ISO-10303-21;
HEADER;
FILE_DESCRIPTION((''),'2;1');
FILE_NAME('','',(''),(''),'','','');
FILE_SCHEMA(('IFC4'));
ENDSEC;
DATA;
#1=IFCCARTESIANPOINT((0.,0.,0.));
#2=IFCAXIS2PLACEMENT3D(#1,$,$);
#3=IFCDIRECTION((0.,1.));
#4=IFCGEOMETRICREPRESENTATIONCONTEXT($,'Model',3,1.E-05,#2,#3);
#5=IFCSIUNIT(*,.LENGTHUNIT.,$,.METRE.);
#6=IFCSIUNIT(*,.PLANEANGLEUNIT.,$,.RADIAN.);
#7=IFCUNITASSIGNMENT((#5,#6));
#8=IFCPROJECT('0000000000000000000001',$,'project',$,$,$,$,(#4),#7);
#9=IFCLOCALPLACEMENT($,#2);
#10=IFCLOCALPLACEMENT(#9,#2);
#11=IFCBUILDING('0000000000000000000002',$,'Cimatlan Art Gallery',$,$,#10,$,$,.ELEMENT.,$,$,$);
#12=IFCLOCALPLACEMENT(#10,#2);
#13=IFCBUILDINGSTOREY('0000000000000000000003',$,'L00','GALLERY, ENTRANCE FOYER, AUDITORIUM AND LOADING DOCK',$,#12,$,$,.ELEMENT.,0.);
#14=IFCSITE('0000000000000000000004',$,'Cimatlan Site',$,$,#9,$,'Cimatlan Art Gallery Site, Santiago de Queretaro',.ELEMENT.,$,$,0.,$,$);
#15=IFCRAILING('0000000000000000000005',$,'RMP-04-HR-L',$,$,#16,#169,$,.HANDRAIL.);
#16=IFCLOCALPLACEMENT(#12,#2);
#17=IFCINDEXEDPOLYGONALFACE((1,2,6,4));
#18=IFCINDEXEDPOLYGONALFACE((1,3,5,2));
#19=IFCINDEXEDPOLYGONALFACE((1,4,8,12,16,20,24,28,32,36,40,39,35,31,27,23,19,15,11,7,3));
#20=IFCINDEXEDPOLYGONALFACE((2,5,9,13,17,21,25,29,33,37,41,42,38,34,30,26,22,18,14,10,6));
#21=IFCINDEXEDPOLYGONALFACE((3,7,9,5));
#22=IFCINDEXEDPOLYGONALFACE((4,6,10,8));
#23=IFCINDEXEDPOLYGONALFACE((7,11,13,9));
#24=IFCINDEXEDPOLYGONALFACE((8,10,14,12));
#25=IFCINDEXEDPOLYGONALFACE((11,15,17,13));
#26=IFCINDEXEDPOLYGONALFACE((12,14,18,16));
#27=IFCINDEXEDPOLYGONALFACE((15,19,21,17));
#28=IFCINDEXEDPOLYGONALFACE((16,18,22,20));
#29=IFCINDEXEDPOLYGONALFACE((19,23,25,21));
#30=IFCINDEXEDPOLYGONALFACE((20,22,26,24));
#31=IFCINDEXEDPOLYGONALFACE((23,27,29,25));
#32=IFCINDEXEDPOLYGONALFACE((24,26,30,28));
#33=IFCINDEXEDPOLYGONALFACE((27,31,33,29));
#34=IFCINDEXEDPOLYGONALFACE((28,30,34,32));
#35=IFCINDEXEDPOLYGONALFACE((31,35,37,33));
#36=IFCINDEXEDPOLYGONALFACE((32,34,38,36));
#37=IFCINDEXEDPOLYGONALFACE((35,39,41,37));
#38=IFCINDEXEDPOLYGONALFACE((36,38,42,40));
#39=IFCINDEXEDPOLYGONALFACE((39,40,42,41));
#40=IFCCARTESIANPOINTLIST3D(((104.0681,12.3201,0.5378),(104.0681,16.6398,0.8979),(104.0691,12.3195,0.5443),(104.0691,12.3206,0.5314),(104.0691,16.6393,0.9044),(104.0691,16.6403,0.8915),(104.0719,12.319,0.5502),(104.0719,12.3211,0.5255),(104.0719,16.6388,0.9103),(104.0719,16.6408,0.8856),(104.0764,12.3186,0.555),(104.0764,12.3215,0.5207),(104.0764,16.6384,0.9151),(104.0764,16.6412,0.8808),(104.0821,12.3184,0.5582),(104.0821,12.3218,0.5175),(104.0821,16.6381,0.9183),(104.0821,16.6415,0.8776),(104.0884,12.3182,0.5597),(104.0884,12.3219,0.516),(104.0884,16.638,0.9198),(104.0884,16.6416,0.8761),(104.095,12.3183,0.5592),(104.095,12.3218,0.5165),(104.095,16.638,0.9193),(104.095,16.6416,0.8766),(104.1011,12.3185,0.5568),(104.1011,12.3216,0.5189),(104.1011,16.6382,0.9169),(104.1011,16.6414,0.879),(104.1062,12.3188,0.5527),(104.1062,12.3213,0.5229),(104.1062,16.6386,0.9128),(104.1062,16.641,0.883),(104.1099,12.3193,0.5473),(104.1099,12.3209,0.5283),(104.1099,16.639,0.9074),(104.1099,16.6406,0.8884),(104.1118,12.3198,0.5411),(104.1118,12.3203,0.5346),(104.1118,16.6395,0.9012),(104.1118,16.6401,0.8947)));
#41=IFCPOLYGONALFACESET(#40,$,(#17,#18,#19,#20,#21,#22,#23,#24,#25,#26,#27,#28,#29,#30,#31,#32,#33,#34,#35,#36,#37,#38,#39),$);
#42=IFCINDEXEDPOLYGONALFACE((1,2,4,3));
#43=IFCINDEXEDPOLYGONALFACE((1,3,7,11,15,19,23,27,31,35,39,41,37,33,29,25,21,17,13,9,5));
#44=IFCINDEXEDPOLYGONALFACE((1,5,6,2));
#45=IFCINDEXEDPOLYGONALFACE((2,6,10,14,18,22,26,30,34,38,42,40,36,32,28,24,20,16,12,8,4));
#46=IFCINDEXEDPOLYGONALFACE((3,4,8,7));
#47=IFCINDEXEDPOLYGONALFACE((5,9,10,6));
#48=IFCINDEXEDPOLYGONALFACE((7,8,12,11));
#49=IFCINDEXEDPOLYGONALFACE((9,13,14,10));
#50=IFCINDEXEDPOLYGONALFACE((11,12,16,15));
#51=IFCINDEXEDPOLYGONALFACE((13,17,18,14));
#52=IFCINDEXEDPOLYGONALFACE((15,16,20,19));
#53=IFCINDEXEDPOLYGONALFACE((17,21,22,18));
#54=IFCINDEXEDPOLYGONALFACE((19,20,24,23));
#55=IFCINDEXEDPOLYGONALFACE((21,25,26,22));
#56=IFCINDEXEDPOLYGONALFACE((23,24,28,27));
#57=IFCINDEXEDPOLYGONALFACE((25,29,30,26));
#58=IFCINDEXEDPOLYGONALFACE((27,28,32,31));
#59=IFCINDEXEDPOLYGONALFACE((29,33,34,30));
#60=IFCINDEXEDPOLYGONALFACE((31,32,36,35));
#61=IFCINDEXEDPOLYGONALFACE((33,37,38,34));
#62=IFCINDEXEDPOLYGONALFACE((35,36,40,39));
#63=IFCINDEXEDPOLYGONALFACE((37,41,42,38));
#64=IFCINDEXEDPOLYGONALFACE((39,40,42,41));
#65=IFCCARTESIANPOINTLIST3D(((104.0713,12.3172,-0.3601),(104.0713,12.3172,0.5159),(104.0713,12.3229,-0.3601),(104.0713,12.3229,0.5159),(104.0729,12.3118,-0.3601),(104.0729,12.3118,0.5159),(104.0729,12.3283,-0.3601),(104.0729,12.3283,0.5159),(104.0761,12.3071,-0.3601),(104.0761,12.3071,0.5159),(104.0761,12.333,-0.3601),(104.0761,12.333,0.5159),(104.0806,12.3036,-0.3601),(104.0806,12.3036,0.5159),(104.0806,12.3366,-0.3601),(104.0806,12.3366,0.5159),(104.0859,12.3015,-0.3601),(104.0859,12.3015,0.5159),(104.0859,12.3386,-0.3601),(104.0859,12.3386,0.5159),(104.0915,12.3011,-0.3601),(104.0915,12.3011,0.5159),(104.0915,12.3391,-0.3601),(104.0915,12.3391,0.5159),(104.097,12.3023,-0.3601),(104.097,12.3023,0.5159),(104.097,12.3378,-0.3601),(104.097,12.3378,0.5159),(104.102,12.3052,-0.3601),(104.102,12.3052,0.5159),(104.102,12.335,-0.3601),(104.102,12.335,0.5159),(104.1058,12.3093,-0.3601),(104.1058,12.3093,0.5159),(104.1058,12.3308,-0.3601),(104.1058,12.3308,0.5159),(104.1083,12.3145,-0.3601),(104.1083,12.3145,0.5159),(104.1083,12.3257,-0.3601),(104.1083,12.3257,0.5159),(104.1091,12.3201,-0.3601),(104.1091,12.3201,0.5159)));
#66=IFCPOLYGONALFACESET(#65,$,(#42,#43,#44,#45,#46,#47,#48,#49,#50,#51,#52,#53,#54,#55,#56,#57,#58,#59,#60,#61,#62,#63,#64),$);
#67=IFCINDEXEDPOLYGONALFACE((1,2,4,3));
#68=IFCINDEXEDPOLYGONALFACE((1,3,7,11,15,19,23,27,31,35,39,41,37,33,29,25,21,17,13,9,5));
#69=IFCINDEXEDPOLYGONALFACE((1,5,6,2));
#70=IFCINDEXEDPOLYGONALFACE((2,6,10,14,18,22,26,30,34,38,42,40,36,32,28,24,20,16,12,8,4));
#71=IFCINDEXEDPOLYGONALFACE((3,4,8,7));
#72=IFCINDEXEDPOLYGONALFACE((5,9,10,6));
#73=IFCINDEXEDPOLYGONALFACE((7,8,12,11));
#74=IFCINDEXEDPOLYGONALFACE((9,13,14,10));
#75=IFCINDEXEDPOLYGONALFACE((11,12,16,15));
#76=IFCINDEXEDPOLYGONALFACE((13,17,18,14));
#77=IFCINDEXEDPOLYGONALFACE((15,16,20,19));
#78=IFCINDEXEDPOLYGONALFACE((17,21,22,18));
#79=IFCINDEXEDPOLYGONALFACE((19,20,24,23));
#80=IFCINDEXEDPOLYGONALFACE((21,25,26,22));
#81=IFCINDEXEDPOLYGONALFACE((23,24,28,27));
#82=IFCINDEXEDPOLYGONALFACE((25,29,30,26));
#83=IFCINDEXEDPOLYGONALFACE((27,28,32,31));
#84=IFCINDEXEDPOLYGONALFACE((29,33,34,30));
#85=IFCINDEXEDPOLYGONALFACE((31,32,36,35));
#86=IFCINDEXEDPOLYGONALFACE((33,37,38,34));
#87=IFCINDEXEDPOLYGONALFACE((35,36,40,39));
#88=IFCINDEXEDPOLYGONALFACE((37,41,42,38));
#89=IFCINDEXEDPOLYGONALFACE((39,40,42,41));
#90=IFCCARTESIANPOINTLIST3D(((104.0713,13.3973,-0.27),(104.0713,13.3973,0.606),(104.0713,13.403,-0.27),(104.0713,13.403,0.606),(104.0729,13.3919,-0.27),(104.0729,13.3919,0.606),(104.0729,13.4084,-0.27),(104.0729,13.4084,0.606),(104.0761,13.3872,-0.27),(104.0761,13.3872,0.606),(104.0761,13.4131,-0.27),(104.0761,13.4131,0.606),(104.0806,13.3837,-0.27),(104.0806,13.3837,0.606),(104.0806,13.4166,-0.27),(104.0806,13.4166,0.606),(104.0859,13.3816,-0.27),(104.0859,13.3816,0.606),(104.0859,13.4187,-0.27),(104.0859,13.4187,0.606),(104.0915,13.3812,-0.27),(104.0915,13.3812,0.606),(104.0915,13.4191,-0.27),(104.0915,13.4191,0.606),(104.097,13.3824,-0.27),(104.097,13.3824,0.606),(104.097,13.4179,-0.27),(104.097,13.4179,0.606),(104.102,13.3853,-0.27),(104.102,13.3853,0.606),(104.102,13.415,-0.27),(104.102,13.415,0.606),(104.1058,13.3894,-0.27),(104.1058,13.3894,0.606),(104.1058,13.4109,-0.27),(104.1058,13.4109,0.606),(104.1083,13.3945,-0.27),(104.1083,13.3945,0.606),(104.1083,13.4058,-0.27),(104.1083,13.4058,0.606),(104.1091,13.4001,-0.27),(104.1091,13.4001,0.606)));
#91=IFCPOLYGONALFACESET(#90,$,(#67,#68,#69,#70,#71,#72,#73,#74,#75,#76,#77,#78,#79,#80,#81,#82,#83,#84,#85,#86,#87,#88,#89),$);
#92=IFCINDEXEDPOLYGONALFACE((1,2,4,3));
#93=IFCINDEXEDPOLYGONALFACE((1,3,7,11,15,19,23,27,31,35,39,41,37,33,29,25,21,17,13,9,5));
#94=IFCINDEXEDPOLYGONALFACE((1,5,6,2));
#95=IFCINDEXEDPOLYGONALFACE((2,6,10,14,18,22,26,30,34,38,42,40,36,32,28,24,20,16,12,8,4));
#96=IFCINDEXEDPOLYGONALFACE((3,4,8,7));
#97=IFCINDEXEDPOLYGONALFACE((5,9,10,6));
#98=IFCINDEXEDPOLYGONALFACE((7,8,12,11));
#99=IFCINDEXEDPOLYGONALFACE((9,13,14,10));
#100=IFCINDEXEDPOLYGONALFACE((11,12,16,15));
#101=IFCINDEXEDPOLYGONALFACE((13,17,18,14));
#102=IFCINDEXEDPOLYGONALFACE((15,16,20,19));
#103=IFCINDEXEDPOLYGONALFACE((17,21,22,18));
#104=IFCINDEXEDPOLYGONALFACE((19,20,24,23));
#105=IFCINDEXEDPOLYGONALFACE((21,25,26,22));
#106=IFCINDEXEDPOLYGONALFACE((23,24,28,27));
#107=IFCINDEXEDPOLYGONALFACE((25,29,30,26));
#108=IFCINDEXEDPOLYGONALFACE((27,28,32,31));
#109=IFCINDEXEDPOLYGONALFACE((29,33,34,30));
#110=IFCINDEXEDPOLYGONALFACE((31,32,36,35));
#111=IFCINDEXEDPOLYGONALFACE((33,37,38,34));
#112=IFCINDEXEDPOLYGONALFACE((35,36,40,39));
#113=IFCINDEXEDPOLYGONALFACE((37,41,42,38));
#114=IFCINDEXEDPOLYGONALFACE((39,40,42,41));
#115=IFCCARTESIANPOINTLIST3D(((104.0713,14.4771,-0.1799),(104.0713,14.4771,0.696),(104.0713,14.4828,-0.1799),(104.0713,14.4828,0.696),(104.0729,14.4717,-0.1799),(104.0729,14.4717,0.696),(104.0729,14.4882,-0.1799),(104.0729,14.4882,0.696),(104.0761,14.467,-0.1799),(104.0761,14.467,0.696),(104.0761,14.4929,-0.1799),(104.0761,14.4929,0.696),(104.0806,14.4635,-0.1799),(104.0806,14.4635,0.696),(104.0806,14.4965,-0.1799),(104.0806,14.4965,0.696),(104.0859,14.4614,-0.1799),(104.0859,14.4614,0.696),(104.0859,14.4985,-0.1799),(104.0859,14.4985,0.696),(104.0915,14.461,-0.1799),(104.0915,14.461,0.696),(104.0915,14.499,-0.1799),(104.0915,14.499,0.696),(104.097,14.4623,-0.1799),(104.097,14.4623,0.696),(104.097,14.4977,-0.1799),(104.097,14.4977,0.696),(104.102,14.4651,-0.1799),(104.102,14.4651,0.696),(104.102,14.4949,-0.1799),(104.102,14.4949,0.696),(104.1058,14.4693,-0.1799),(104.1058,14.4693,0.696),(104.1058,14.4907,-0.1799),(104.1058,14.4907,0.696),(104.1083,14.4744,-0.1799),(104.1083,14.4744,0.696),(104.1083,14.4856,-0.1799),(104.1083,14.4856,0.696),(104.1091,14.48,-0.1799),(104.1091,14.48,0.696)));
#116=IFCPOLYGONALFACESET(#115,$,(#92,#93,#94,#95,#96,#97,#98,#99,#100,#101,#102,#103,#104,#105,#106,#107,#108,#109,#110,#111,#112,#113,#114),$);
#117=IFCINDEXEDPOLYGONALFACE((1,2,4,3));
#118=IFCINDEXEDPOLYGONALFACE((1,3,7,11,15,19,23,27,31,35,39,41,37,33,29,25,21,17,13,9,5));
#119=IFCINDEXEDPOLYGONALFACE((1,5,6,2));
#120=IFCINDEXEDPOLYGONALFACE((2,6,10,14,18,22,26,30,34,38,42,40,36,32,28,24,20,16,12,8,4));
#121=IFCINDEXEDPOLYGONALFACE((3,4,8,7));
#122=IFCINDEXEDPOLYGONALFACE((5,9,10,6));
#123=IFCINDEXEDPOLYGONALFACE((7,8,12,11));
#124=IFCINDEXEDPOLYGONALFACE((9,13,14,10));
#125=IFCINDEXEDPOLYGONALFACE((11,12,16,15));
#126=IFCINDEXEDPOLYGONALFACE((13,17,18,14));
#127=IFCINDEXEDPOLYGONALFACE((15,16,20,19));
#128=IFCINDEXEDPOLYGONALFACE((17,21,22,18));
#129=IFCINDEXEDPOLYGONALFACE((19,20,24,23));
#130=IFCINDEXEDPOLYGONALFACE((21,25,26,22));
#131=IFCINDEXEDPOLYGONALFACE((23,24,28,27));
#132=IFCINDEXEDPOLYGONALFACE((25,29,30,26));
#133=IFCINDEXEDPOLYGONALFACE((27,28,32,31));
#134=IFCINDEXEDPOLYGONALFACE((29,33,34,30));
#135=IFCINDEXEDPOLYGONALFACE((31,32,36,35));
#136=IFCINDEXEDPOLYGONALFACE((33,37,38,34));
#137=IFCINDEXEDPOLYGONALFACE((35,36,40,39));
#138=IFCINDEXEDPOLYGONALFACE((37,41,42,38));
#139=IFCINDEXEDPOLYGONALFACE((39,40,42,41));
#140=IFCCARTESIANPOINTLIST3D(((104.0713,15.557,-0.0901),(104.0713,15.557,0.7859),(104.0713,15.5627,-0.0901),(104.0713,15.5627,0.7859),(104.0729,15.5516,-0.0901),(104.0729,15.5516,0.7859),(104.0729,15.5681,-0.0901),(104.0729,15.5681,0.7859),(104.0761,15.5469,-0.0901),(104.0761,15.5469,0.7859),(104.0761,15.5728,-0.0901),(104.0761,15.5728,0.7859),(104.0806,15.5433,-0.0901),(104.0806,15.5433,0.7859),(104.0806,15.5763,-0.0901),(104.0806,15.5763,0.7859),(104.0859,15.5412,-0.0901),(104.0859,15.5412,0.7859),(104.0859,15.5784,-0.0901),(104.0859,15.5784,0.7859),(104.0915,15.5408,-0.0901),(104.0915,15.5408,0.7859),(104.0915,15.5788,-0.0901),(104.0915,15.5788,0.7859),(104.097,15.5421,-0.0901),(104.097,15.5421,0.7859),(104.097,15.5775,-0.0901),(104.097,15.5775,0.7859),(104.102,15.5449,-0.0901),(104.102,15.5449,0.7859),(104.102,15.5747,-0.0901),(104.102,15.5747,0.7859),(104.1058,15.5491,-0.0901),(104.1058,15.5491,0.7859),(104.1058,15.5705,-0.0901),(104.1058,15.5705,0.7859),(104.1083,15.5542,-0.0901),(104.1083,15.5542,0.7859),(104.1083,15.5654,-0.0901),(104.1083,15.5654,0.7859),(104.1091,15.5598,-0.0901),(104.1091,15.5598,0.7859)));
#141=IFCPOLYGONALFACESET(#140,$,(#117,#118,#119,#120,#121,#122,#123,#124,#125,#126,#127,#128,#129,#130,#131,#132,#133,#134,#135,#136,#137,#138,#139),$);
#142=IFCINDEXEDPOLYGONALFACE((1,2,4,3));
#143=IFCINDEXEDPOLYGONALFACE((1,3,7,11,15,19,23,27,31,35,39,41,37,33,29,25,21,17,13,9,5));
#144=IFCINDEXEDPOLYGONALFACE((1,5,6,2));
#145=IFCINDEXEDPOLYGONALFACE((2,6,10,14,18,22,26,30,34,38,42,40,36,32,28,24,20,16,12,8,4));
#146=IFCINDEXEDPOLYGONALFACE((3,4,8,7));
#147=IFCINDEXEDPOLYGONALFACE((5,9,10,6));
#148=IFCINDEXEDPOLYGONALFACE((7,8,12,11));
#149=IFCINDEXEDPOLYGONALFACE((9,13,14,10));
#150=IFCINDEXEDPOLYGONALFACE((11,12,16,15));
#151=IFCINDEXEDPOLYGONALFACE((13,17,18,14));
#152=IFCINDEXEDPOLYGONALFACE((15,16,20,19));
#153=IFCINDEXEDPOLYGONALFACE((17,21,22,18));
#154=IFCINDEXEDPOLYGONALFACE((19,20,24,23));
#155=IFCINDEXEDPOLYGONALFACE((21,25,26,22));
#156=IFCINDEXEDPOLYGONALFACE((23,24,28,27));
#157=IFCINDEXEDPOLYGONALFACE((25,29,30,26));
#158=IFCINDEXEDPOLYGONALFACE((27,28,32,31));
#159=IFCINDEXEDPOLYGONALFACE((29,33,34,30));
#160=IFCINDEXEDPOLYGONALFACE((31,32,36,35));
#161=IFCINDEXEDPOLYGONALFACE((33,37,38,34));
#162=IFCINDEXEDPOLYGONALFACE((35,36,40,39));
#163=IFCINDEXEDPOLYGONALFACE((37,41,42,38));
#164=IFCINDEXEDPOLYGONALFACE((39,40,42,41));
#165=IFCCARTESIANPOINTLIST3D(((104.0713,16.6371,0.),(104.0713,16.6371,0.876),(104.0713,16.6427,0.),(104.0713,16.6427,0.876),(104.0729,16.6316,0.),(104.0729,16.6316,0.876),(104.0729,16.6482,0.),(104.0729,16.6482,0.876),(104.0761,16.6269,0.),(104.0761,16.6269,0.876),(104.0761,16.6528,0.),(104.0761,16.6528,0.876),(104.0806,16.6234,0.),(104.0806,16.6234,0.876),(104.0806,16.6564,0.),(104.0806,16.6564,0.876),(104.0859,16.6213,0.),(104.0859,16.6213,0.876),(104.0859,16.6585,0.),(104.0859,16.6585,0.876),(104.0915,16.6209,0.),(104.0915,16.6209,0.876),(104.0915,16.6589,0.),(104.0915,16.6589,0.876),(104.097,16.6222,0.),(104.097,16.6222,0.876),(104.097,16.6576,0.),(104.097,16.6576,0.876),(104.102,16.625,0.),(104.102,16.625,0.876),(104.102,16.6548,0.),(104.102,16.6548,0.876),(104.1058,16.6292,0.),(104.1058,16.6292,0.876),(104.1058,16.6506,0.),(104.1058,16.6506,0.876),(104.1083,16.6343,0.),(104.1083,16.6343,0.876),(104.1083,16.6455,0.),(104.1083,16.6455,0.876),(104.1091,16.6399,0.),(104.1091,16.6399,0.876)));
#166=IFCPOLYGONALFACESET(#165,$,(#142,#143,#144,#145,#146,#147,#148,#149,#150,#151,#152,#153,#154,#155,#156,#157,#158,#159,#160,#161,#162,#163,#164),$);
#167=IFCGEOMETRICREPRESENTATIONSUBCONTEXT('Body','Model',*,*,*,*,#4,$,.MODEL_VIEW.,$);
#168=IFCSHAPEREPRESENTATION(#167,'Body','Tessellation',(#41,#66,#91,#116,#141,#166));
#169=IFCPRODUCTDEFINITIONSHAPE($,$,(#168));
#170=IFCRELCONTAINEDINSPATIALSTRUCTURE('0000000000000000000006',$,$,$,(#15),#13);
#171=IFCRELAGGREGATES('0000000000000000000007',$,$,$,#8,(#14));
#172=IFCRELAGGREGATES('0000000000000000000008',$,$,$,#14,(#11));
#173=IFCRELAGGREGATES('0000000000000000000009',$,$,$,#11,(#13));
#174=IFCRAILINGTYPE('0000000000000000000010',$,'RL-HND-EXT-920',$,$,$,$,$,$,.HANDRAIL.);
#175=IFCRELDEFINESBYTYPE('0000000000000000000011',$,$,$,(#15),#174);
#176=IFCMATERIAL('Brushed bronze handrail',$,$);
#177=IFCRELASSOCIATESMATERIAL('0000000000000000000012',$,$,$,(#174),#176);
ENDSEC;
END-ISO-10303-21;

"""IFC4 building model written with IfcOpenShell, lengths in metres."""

from ifc_helpers import new_model, si_unit, direction, frame, origin, origin_2d, place, context, subcontext, project, spatial, circle, extrude, material, type_object, element, save


model = new_model("IFC4")

# Units and contexts
model_context = context("Model", 3, precision=1e-05, world=origin(), true_north=direction((0.0, 1.0)))
body_context = subcontext(model_context, "Body", "Model", "MODEL_VIEW")
ifc_project = project(units=[si_unit("LENGTHUNIT", "METRE"), si_unit("PLANEANGLEUNIT", "RADIAN")], contexts=[model_context])

# Site, building, storey
site_placement = place(None, origin())
site = spatial("IfcSite", under=ifc_project, at=site_placement, Name="Cimatlan Site", LongName="Cimatlan Art Gallery Site, Santiago de Queretaro", CompositionType="ELEMENT", RefElevation=0.0)
building_placement = place(site_placement, origin())
building = spatial("IfcBuilding", under=site, at=building_placement, Name="Cimatlan Art Gallery", CompositionType="ELEMENT")
storey_placement = place(building_placement, origin())
storey = spatial("IfcBuildingStorey", under=building, at=storey_placement, Name="L00", Description="GALLERY, ENTRANCE FOYER, AUDITORIUM AND LOADING DOCK", CompositionType="ELEMENT", Elevation=0.0)

# Railing
ifc_material_1 = material(Name="Brushed bronze handrail")
railing_type = type_object("IfcRailingType", Name="RL-HND-EXT-920", PredefinedType="HANDRAIL", material=ifc_material_1)
for number, where, name in (
    (1, (104.0901, 12.3201, -0.3601), "RMP-04-HR-L"),
):
    element("IfcRailing", number, at=place(storey_placement, frame(where)), inside=storey, type_object=railing_type, Name=name, PredefinedType="HANDRAIL", context=body_context, shape_type="SweptSolid", body=[
        extrude(circle(Radius=0.022, at=origin_2d()), frame((0.0, 0.0, 0.8979), z_axis=(0.0, 0.996543, 0.083073), x_axis=(-1.0, 0.0, 0.0)), (0.0, 0.0, 1.0), 4.3347),
        extrude(circle(Radius=0.019, at=origin_2d()), origin(), (0.0, 0.0, 1.0), 0.876),
        extrude(circle(Radius=0.019, at=origin_2d()), frame((0.0, 1.0801, 0.0901)), (0.0, 0.0, 1.0), 0.876),
        extrude(circle(Radius=0.019, at=origin_2d()), frame((0.0, 2.1599, 0.1802)), (0.0, 0.0, 1.0), 0.876),
        extrude(circle(Radius=0.019, at=origin_2d()), frame((0.0, 3.2397, 0.27)), (0.0, 0.0, 1.0), 0.876),
        extrude(circle(Radius=0.019, at=origin_2d()), frame((0.0, 4.3198, 0.3601)), (0.0, 0.0, 1.0), 0.876),
    ])

save(model, "model.ifc")
